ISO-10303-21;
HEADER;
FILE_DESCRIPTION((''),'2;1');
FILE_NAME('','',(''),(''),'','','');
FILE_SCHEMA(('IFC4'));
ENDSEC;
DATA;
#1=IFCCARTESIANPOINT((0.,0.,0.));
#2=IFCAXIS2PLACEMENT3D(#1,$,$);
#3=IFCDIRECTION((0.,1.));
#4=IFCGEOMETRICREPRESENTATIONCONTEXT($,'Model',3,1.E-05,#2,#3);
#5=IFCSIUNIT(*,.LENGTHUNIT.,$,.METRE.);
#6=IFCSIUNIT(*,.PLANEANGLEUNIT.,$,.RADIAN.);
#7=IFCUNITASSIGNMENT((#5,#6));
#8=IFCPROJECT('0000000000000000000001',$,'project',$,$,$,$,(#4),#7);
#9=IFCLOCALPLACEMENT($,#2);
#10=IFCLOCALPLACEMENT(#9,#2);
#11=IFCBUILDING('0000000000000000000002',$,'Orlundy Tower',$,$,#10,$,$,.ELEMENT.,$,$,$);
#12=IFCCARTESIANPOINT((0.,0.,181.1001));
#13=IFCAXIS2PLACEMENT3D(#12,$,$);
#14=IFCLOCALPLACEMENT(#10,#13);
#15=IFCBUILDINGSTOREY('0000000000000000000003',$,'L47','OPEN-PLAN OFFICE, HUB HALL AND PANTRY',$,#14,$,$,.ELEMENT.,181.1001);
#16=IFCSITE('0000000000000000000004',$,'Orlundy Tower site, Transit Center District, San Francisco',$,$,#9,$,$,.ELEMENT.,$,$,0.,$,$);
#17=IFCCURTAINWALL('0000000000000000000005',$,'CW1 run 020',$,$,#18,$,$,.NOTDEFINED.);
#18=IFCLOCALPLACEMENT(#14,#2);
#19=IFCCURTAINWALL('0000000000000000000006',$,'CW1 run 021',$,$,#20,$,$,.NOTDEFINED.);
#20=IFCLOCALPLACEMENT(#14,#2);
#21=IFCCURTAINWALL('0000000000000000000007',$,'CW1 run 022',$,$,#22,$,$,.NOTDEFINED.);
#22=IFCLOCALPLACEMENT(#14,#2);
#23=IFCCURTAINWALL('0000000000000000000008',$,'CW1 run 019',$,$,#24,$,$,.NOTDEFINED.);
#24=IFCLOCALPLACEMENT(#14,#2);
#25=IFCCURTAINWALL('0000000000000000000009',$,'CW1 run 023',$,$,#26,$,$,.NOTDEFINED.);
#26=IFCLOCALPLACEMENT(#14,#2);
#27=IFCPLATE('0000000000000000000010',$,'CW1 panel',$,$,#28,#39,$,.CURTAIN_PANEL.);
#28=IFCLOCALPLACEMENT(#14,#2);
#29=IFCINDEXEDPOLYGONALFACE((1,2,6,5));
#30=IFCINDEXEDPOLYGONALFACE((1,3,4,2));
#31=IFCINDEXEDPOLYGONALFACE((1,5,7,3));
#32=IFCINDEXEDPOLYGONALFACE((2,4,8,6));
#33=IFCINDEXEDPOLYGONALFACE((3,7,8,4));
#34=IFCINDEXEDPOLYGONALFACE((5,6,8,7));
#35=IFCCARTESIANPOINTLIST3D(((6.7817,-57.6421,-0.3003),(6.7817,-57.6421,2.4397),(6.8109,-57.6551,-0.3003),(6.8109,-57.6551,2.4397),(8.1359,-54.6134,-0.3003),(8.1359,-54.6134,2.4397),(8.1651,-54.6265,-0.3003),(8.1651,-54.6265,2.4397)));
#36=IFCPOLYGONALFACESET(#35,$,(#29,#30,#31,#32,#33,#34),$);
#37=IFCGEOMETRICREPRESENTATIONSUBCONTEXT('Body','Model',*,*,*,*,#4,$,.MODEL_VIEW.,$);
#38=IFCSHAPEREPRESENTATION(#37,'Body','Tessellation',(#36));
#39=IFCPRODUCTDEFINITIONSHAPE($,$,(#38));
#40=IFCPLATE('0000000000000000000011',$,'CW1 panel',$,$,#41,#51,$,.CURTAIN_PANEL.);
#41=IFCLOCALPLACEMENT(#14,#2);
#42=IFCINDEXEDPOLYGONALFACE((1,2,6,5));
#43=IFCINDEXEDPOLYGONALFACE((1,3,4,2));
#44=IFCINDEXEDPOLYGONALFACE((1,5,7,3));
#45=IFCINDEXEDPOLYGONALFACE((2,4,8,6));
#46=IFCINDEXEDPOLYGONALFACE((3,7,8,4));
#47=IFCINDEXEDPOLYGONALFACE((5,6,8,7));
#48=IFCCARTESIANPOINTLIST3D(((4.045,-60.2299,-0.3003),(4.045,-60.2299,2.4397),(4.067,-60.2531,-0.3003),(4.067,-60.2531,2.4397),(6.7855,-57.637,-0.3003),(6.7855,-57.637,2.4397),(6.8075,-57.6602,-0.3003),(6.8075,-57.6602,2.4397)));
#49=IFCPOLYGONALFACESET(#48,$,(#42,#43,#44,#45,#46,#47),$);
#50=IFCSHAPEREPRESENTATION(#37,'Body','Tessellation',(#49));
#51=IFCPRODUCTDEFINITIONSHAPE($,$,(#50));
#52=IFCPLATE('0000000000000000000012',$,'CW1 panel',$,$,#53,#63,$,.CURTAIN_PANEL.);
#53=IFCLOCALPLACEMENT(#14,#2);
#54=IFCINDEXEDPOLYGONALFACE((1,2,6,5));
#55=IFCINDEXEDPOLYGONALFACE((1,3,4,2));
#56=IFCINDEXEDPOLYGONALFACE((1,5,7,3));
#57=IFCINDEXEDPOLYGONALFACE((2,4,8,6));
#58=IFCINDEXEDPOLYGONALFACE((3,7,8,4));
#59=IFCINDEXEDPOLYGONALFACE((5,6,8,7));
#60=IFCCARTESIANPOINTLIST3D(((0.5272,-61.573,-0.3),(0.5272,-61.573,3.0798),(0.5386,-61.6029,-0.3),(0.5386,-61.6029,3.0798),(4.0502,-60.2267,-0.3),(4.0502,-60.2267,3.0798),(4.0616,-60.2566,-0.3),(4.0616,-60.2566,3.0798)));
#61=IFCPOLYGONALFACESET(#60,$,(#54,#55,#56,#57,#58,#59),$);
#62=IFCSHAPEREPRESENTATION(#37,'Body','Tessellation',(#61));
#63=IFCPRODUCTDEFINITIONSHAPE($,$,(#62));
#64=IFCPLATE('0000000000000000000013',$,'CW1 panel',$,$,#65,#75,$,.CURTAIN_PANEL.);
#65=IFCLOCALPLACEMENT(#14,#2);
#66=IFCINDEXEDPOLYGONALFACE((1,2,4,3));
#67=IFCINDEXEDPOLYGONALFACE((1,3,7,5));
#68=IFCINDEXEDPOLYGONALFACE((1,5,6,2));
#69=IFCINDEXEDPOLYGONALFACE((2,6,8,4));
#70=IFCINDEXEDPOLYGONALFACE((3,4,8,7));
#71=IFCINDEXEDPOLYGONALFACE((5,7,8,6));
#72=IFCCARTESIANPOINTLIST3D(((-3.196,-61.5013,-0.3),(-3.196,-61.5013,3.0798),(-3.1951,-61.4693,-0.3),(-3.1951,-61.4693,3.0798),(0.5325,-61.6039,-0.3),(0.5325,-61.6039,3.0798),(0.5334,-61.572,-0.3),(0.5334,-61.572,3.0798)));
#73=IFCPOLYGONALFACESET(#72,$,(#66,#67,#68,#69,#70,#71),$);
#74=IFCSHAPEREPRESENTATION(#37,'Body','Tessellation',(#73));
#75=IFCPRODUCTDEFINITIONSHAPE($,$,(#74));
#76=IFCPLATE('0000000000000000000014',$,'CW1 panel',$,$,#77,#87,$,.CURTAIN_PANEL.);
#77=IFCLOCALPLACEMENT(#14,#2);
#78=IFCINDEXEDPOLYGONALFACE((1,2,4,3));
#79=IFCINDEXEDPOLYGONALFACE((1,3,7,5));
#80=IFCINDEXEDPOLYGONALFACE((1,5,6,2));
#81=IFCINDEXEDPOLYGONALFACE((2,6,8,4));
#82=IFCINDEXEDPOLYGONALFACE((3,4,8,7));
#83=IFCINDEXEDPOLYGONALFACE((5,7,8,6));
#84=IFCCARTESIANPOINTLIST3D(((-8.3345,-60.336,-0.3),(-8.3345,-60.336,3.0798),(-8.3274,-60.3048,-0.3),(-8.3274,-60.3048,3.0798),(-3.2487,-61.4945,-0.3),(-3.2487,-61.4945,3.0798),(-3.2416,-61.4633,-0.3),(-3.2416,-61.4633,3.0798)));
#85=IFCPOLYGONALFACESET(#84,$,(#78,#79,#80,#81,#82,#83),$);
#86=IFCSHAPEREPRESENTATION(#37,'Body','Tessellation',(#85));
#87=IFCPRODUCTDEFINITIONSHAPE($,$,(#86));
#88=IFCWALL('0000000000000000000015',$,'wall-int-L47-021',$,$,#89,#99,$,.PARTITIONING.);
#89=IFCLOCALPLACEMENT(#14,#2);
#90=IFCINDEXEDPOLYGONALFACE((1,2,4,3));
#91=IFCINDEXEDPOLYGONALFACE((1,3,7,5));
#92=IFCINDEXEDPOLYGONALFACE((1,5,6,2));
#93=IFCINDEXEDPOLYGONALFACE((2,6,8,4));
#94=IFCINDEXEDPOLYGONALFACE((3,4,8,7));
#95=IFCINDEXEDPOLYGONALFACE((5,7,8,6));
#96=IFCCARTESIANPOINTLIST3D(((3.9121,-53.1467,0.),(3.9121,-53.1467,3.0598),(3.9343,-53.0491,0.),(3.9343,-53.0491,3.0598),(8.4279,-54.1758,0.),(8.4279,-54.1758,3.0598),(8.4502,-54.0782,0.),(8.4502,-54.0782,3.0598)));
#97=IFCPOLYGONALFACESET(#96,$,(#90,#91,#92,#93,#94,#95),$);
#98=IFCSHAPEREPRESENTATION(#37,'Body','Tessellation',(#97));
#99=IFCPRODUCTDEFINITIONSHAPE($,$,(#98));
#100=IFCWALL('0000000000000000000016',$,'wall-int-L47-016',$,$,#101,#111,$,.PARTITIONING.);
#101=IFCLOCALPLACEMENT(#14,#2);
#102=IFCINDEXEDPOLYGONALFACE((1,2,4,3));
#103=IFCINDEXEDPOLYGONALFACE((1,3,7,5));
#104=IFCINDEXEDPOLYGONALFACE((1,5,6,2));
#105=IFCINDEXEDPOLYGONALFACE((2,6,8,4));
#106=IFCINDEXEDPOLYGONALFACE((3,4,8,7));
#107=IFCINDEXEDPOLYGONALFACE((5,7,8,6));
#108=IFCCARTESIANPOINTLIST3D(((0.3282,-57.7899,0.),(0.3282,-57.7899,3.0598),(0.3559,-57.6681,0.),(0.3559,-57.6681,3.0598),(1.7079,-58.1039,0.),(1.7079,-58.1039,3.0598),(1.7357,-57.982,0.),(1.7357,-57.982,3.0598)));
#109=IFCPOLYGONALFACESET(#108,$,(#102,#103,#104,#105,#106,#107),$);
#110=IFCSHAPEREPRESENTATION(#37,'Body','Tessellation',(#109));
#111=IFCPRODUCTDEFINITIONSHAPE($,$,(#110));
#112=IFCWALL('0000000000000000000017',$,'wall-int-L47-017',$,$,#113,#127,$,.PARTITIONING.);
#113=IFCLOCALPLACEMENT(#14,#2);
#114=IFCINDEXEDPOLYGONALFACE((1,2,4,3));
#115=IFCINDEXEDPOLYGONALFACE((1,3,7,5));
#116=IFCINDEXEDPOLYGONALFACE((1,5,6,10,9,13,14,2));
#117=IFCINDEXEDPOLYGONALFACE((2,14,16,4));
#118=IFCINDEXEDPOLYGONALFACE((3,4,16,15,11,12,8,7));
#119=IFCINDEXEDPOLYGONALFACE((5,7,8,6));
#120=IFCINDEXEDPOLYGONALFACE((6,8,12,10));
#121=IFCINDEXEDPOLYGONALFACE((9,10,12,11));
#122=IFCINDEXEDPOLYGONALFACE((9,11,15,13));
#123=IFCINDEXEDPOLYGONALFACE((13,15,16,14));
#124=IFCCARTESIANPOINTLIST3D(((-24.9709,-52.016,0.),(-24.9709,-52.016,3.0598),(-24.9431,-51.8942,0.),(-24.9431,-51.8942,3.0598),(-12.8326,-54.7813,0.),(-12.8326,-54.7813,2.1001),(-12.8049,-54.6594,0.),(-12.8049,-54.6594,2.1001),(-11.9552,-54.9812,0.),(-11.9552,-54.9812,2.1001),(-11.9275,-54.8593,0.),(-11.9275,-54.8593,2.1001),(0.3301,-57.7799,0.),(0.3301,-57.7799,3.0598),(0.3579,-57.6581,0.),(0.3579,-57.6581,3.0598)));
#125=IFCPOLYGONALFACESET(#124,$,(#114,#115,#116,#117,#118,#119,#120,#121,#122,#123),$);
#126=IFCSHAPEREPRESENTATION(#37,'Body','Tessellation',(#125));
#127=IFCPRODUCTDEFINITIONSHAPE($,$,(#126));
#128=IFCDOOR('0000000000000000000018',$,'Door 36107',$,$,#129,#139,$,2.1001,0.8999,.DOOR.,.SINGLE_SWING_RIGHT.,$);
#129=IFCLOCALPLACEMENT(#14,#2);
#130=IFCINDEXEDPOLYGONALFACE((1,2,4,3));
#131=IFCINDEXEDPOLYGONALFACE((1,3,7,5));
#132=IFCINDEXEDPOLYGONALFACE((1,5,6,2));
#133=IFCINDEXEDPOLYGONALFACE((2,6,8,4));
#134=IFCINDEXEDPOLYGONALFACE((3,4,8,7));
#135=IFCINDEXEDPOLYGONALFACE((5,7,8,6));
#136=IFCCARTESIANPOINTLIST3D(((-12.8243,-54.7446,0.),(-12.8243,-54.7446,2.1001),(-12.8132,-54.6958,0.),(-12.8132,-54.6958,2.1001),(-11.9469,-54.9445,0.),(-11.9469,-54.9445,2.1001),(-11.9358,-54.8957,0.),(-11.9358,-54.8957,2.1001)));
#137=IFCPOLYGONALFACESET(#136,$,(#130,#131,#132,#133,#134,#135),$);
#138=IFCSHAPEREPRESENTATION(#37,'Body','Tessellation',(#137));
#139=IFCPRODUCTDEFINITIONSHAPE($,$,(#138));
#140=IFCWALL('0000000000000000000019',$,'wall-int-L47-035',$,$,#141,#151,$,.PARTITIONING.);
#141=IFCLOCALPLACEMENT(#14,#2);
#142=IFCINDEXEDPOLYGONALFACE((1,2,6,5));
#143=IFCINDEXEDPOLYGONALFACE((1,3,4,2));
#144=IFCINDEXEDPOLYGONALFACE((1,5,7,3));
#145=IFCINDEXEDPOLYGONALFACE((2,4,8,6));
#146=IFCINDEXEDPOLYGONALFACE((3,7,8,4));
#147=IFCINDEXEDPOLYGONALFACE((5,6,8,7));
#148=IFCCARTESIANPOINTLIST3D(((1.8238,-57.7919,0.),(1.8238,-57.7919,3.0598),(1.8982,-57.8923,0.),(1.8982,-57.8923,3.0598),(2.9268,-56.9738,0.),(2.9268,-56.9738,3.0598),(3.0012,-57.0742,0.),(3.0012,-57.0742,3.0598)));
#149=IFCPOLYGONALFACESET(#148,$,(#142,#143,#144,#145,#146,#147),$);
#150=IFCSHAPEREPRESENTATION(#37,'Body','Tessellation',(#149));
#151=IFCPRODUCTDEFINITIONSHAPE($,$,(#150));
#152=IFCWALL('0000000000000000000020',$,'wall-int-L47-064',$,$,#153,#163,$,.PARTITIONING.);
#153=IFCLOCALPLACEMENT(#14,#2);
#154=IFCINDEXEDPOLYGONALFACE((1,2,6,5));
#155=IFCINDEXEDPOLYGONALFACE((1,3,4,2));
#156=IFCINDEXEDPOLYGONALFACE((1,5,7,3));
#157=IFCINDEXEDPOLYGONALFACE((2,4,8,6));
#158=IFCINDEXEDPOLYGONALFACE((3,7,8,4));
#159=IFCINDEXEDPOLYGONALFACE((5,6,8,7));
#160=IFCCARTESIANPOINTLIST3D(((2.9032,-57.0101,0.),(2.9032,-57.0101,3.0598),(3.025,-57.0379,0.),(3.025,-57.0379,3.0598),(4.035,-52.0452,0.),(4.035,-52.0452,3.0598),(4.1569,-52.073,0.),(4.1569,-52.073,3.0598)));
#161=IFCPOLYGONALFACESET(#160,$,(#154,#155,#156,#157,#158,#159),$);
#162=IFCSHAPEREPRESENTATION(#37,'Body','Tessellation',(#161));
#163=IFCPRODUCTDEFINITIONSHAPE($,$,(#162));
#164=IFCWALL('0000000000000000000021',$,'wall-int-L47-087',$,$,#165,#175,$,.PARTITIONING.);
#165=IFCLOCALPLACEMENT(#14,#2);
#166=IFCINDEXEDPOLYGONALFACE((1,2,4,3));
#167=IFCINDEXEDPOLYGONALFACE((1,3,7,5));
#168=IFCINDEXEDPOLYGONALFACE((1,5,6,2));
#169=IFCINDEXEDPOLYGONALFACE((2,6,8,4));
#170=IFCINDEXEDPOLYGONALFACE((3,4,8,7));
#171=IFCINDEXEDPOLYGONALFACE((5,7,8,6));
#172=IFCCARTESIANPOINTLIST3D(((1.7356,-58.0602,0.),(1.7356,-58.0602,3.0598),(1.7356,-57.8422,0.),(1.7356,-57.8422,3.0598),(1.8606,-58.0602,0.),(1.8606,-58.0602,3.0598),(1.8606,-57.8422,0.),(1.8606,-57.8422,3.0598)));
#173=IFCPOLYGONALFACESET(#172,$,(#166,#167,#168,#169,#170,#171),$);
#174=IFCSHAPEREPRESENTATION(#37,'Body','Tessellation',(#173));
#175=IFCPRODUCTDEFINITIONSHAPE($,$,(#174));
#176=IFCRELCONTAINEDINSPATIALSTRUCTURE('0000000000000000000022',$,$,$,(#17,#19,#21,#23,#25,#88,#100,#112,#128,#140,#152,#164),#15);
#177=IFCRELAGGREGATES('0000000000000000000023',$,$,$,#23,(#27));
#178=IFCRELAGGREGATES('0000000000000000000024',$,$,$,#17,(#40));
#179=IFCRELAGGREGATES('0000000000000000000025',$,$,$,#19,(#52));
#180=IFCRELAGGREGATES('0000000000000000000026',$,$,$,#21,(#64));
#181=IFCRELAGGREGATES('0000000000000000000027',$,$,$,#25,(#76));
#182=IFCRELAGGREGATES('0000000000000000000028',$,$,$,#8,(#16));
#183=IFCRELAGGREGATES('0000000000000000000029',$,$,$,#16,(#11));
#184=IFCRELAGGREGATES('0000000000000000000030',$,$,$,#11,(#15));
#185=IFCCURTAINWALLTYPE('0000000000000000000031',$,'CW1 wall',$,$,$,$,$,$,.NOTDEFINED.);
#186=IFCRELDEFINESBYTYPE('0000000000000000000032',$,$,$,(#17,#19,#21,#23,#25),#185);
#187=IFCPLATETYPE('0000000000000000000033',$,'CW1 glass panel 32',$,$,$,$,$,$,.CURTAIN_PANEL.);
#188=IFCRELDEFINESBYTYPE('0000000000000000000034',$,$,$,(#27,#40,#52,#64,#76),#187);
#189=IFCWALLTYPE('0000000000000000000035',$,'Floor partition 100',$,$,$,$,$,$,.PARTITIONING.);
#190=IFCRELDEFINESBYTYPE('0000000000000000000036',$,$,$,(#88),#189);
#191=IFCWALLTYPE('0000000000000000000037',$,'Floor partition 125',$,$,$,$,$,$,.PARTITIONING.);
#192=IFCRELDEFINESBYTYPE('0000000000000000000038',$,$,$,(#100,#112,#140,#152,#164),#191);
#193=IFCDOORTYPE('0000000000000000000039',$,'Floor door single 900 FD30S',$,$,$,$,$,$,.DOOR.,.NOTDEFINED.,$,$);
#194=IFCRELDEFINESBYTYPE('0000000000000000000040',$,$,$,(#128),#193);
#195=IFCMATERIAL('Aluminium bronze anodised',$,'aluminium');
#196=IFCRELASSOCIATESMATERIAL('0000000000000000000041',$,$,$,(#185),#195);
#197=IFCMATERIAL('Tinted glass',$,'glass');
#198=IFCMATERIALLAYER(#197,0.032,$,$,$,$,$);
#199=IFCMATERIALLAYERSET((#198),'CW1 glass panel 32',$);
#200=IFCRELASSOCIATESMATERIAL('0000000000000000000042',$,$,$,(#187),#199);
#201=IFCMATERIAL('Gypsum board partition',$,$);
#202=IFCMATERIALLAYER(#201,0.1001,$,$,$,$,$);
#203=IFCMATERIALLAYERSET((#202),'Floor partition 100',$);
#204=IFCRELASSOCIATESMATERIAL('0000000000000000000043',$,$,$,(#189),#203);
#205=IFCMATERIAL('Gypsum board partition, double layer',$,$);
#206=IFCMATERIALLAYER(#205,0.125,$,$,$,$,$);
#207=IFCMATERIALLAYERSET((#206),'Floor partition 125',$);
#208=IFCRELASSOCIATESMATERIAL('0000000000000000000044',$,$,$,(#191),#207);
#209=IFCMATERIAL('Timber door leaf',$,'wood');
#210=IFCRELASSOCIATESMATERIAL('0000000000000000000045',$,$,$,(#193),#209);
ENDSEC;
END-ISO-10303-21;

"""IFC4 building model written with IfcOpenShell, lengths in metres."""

from ifc_helpers import new_model, si_unit, direction, frame, frame_2d, origin, origin_2d, place, context, subcontext, project, spatial, rectangle, extrude, material, layer, layer_set, type_object, element, fill, aggregate, save


model = new_model("IFC4")

# Units and contexts
model_context = context("Model", 3, precision=1e-05, world=origin(), true_north=direction((0.0, 1.0)))
body_context = subcontext(model_context, "Body", "Model", "MODEL_VIEW")
ifc_project = project(units=[si_unit("LENGTHUNIT", "METRE"), si_unit("PLANEANGLEUNIT", "RADIAN")], contexts=[model_context])

# Site, building, storey
site_placement = place(None, origin())
site = spatial("IfcSite", under=ifc_project, at=site_placement, Name="Orlundy Tower site, Transit Center District, San Francisco", CompositionType="ELEMENT", RefElevation=0.0)
building_placement = place(site_placement, origin())
building = spatial("IfcBuilding", under=site, at=building_placement, Name="Orlundy Tower", CompositionType="ELEMENT")
storey_placement = place(building_placement, frame((0.0, 0.0, 181.1001)))
storey = spatial("IfcBuildingStorey", under=building, at=storey_placement, Name="L47", Description="OPEN-PLAN OFFICE, HUB HALL AND PANTRY", CompositionType="ELEMENT", Elevation=181.1001)

# Curtain walls
ifc_material_1 = material(Name="Aluminium bronze anodised", Category="aluminium")
curtain_wall_type = type_object("IfcCurtainWallType", Name="CW1 wall", PredefinedType="NOTDEFINED", material=ifc_material_1)
curtain_wall_1_placement = place(storey_placement, origin())
curtain_wall_1 = element("IfcCurtainWall", 1, at=curtain_wall_1_placement, inside=storey, type_object=curtain_wall_type, Name="CW1 run 020", PredefinedType="NOTDEFINED")
curtain_wall_2_placement = place(storey_placement, origin())
curtain_wall_2 = element("IfcCurtainWall", 2, at=curtain_wall_2_placement, inside=storey, type_object=curtain_wall_type, Name="CW1 run 021", PredefinedType="NOTDEFINED")
curtain_wall_3_placement = place(storey_placement, origin())
curtain_wall_3 = element("IfcCurtainWall", 3, at=curtain_wall_3_placement, inside=storey, type_object=curtain_wall_type, Name="CW1 run 022", PredefinedType="NOTDEFINED")
curtain_wall_4_placement = place(storey_placement, origin())
curtain_wall_4 = element("IfcCurtainWall", 4, at=curtain_wall_4_placement, inside=storey, type_object=curtain_wall_type, Name="CW1 run 019", PredefinedType="NOTDEFINED")
curtain_wall_5_placement = place(storey_placement, origin())
curtain_wall_5 = element("IfcCurtainWall", 5, at=curtain_wall_5_placement, inside=storey, type_object=curtain_wall_type, Name="CW1 run 023", PredefinedType="NOTDEFINED")

# Shared definitions
ifc_material_2 = material(Name="Tinted glass", Category="glass")
ifc_layer_1 = layer(ifc_material_2, 0.032)
ifc_layer_set_1 = layer_set([ifc_layer_1], Name="CW1 glass panel 32")
plate_type = type_object("IfcPlateType", Name="CW1 glass panel 32", PredefinedType="CURTAIN_PANEL", material=ifc_layer_set_1)

# Plates
plate_1_placement = place(storey_placement, frame((7.4734, -56.1343, -0.3003), z_axis=(0.0, 0.0, 1.0), x_axis=(-0.408165, -0.912908, 0.0)))
plate_1 = element("IfcPlate", 6, at=plate_1_placement, type_object=plate_type, Name="CW1 panel", PredefinedType="CURTAIN_PANEL", context=body_context, shape_type="SweptSolid", body=[
    extrude(rectangle(XDim=3.3176, YDim=0.032, at=origin_2d()), origin(), (0.0, 0.0, 1.0), 2.74),
])
aggregate(curtain_wall_4, [plate_1])
plate_2_placement = place(storey_placement, frame((5.4263, -58.9451, -0.3003), z_axis=(0.0, 0.0, 1.0), x_axis=(-0.726392, -0.687281, 0.0)))
plate_2 = element("IfcPlate", 7, at=plate_2_placement, type_object=plate_type, Name="CW1 panel", PredefinedType="CURTAIN_PANEL", context=body_context, shape_type="SweptSolid", body=[
    extrude(rectangle(XDim=3.7727, YDim=0.032, at=origin_2d()), origin(), (0.0, 0.0, 1.0), 2.74),
])
aggregate(curtain_wall_1, [plate_2])
plate_3_placement = place(storey_placement, frame((2.2944, -60.9148, -0.3), z_axis=(0.0, 0.0, 1.0), x_axis=(-0.934115, -0.356971, 0.0)))
plate_3 = element("IfcPlate", 8, at=plate_3_placement, type_object=plate_type, Name="CW1 panel", PredefinedType="CURTAIN_PANEL", context=body_context, shape_type="SweptSolid", body=[
    extrude(rectangle(XDim=3.7715, YDim=0.032, at=origin_2d()), origin(), (0.0, 0.0, 1.0), 3.3799),
])
aggregate(curtain_wall_2, [plate_3])
plate_4_placement = place(storey_placement, frame((-1.3313, -61.5366, -0.3), z_axis=(0.0, 0.0, 1.0), x_axis=(-0.999621, 0.02752, 0.0)))
plate_4 = element("IfcPlate", 9, at=plate_4_placement, type_object=plate_type, Name="CW1 panel", PredefinedType="CURTAIN_PANEL", context=body_context, shape_type="SweptSolid", body=[
    extrude(rectangle(XDim=3.73, YDim=0.032, at=origin_2d()), origin(), (0.0, 0.0, 1.0), 3.3799),
])
aggregate(curtain_wall_3, [plate_4])
plate_5_placement = place(storey_placement, frame((-5.7881, -60.8997, -0.3), z_axis=(0.0, 0.0, 1.0), x_axis=(-0.975026, 0.22209, 0.0)))
plate_5 = element("IfcPlate", 10, at=plate_5_placement, type_object=plate_type, Name="CW1 panel", PredefinedType="CURTAIN_PANEL", context=body_context, shape_type="SweptSolid", body=[
    extrude(rectangle(XDim=5.2161, YDim=0.032, at=origin_2d()), origin(), (0.0, 0.0, 1.0), 3.3799),
])
aggregate(curtain_wall_5, [plate_5])

# Walls
ifc_material_3 = material(Name="Gypsum board partition")
ifc_layer_2 = layer(ifc_material_3, 0.1001)
ifc_layer_set_2 = layer_set([ifc_layer_2], Name="Floor partition 100")
wall_type_1 = type_object("IfcWallType", Name="Floor partition 100", PredefinedType="PARTITIONING", material=ifc_layer_set_2)
wall_1_placement = place(storey_placement, frame((3.9231, -53.0979, 0.0), z_axis=(0.0, 0.0, 1.0), x_axis=(0.975006, -0.222179, 0.0)))
element("IfcWall", 11, at=wall_1_placement, inside=storey, type_object=wall_type_1, Name="wall-int-L47-021", PredefinedType="PARTITIONING", context=body_context, shape_type="SweptSolid", body=[
    extrude(rectangle(XDim=4.6316, YDim=0.1001, at=frame_2d((2.3159, 0.0))), origin(), (0.0, 0.0, 1.0), 3.0598),
])
ifc_material_4 = material(Name="Gypsum board partition, double layer")
ifc_layer_3 = layer(ifc_material_4, 0.125)
ifc_layer_set_3 = layer_set([ifc_layer_3], Name="Floor partition 125")
wall_type_2 = type_object("IfcWallType", Name="Floor partition 125", PredefinedType="PARTITIONING", material=ifc_layer_set_3)
wall_2_placement = place(storey_placement, frame((0.342, -57.729, 0.0), z_axis=(0.0, 0.0, 1.0), x_axis=(0.975079, -0.22186, 0.0)))
element("IfcWall", 12, at=wall_2_placement, inside=storey, type_object=wall_type_2, Name="wall-int-L47-016", PredefinedType="PARTITIONING", context=body_context, shape_type="SweptSolid", body=[
    extrude(rectangle(XDim=1.415, YDim=0.125, at=frame_2d((0.7075, 0.0))), origin(), (0.0, 0.0, 1.0), 3.0598),
])

# Wall, opening, door
wall_3_placement = place(storey_placement, frame((0.344, -57.719, 0.0), z_axis=(0.0, 0.0, 1.0), x_axis=(-0.975019, 0.222122, 0.0)))
wall_3 = element("IfcWall", 13, at=wall_3_placement, inside=storey, type_object=wall_type_2, Name="wall-int-L47-017", PredefinedType="PARTITIONING", context=body_context, shape_type="SweptSolid", body=[
    extrude(rectangle(XDim=25.9492, YDim=0.125, at=frame_2d((12.9746, 0.0))), origin(), (0.0, 0.0, 1.0), 3.0598),
])
opening_placement = place(wall_3_placement, frame((12.6001, 0.0, 0.0)))
opening = element("IfcOpeningElement", 14, at=opening_placement, cuts=wall_3, PredefinedType="OPENING", context=body_context, shape_type="SweptSolid", body=[
    extrude(rectangle(XDim=0.8999, YDim=2.1001, at=frame_2d((0.45, 1.05))), frame((0.0, 0.0725, 0.0), z_axis=(0.0, -1.0, 0.0), x_axis=(1.0, 0.0, 0.0)), (0.0, 0.0, 1.0), 0.145),
])
ifc_material_5 = material(Name="Timber door leaf", Category="wood")
door_type = type_object("IfcDoorType", Name="Floor door single 900 FD30S", OperationType="NOTDEFINED", PredefinedType="DOOR", material=ifc_material_5)
door_placement = place(opening_placement, origin())
door = element("IfcDoor", 15, at=door_placement, inside=storey, type_object=door_type, Name="Door 36107", OperationType="SINGLE_SWING_RIGHT", OverallHeight=2.1001, OverallWidth=0.8999, PredefinedType="DOOR", context=body_context, shape_type="SweptSolid", body=[
    extrude(rectangle(XDim=0.8999, YDim=2.1001, at=frame_2d((0.45, 1.05))), frame((0.0, 0.0249, 0.0), z_axis=(0.0, -1.0, 0.0), x_axis=(1.0, 0.0, 0.0)), (0.0, 0.0, 1.0), 0.05),
])
fill(opening, door)

# Walls
wall_4_placement = place(storey_placement, frame((1.8611, -57.842, 0.0), z_axis=(0.0, 0.0, 1.0), x_axis=(0.803189, 0.595725, 0.0)))
element("IfcWall", 16, at=wall_4_placement, inside=storey, type_object=wall_type_2, Name="wall-int-L47-035", PredefinedType="PARTITIONING", context=body_context, shape_type="SweptSolid", body=[
    extrude(rectangle(XDim=1.3733, YDim=0.125, at=frame_2d((0.6865, 0.0))), origin(), (0.0, 0.0, 1.0), 3.0598),
])
wall_5_placement = place(storey_placement, frame((4.0959, -52.0591, 0.0), z_axis=(0.0, 0.0, 1.0), x_axis=(-0.222268, -0.974986, 0.0)))
element("IfcWall", 17, at=wall_5_placement, inside=storey, type_object=wall_type_2, Name="wall-int-L47-064", PredefinedType="PARTITIONING", context=body_context, shape_type="SweptSolid", body=[
    extrude(rectangle(XDim=5.0923, YDim=0.125, at=frame_2d((2.5461, 0.0))), origin(), (0.0, 0.0, 1.0), 3.0598),
])
wall_6_placement = place(storey_placement, frame((1.7981, -58.0601, 0.0), z_axis=(0.0, 0.0, 1.0), x_axis=(0.0, 1.0, 0.0)))
element("IfcWall", 18, at=wall_6_placement, inside=storey, type_object=wall_type_2, Name="wall-int-L47-087", PredefinedType="PARTITIONING", context=body_context, shape_type="SweptSolid", body=[
    extrude(rectangle(XDim=0.218, YDim=0.125, at=frame_2d((0.1089, 0.0))), origin(), (0.0, 0.0, 1.0), 3.0598),
])

save(model, "model.ifc")
